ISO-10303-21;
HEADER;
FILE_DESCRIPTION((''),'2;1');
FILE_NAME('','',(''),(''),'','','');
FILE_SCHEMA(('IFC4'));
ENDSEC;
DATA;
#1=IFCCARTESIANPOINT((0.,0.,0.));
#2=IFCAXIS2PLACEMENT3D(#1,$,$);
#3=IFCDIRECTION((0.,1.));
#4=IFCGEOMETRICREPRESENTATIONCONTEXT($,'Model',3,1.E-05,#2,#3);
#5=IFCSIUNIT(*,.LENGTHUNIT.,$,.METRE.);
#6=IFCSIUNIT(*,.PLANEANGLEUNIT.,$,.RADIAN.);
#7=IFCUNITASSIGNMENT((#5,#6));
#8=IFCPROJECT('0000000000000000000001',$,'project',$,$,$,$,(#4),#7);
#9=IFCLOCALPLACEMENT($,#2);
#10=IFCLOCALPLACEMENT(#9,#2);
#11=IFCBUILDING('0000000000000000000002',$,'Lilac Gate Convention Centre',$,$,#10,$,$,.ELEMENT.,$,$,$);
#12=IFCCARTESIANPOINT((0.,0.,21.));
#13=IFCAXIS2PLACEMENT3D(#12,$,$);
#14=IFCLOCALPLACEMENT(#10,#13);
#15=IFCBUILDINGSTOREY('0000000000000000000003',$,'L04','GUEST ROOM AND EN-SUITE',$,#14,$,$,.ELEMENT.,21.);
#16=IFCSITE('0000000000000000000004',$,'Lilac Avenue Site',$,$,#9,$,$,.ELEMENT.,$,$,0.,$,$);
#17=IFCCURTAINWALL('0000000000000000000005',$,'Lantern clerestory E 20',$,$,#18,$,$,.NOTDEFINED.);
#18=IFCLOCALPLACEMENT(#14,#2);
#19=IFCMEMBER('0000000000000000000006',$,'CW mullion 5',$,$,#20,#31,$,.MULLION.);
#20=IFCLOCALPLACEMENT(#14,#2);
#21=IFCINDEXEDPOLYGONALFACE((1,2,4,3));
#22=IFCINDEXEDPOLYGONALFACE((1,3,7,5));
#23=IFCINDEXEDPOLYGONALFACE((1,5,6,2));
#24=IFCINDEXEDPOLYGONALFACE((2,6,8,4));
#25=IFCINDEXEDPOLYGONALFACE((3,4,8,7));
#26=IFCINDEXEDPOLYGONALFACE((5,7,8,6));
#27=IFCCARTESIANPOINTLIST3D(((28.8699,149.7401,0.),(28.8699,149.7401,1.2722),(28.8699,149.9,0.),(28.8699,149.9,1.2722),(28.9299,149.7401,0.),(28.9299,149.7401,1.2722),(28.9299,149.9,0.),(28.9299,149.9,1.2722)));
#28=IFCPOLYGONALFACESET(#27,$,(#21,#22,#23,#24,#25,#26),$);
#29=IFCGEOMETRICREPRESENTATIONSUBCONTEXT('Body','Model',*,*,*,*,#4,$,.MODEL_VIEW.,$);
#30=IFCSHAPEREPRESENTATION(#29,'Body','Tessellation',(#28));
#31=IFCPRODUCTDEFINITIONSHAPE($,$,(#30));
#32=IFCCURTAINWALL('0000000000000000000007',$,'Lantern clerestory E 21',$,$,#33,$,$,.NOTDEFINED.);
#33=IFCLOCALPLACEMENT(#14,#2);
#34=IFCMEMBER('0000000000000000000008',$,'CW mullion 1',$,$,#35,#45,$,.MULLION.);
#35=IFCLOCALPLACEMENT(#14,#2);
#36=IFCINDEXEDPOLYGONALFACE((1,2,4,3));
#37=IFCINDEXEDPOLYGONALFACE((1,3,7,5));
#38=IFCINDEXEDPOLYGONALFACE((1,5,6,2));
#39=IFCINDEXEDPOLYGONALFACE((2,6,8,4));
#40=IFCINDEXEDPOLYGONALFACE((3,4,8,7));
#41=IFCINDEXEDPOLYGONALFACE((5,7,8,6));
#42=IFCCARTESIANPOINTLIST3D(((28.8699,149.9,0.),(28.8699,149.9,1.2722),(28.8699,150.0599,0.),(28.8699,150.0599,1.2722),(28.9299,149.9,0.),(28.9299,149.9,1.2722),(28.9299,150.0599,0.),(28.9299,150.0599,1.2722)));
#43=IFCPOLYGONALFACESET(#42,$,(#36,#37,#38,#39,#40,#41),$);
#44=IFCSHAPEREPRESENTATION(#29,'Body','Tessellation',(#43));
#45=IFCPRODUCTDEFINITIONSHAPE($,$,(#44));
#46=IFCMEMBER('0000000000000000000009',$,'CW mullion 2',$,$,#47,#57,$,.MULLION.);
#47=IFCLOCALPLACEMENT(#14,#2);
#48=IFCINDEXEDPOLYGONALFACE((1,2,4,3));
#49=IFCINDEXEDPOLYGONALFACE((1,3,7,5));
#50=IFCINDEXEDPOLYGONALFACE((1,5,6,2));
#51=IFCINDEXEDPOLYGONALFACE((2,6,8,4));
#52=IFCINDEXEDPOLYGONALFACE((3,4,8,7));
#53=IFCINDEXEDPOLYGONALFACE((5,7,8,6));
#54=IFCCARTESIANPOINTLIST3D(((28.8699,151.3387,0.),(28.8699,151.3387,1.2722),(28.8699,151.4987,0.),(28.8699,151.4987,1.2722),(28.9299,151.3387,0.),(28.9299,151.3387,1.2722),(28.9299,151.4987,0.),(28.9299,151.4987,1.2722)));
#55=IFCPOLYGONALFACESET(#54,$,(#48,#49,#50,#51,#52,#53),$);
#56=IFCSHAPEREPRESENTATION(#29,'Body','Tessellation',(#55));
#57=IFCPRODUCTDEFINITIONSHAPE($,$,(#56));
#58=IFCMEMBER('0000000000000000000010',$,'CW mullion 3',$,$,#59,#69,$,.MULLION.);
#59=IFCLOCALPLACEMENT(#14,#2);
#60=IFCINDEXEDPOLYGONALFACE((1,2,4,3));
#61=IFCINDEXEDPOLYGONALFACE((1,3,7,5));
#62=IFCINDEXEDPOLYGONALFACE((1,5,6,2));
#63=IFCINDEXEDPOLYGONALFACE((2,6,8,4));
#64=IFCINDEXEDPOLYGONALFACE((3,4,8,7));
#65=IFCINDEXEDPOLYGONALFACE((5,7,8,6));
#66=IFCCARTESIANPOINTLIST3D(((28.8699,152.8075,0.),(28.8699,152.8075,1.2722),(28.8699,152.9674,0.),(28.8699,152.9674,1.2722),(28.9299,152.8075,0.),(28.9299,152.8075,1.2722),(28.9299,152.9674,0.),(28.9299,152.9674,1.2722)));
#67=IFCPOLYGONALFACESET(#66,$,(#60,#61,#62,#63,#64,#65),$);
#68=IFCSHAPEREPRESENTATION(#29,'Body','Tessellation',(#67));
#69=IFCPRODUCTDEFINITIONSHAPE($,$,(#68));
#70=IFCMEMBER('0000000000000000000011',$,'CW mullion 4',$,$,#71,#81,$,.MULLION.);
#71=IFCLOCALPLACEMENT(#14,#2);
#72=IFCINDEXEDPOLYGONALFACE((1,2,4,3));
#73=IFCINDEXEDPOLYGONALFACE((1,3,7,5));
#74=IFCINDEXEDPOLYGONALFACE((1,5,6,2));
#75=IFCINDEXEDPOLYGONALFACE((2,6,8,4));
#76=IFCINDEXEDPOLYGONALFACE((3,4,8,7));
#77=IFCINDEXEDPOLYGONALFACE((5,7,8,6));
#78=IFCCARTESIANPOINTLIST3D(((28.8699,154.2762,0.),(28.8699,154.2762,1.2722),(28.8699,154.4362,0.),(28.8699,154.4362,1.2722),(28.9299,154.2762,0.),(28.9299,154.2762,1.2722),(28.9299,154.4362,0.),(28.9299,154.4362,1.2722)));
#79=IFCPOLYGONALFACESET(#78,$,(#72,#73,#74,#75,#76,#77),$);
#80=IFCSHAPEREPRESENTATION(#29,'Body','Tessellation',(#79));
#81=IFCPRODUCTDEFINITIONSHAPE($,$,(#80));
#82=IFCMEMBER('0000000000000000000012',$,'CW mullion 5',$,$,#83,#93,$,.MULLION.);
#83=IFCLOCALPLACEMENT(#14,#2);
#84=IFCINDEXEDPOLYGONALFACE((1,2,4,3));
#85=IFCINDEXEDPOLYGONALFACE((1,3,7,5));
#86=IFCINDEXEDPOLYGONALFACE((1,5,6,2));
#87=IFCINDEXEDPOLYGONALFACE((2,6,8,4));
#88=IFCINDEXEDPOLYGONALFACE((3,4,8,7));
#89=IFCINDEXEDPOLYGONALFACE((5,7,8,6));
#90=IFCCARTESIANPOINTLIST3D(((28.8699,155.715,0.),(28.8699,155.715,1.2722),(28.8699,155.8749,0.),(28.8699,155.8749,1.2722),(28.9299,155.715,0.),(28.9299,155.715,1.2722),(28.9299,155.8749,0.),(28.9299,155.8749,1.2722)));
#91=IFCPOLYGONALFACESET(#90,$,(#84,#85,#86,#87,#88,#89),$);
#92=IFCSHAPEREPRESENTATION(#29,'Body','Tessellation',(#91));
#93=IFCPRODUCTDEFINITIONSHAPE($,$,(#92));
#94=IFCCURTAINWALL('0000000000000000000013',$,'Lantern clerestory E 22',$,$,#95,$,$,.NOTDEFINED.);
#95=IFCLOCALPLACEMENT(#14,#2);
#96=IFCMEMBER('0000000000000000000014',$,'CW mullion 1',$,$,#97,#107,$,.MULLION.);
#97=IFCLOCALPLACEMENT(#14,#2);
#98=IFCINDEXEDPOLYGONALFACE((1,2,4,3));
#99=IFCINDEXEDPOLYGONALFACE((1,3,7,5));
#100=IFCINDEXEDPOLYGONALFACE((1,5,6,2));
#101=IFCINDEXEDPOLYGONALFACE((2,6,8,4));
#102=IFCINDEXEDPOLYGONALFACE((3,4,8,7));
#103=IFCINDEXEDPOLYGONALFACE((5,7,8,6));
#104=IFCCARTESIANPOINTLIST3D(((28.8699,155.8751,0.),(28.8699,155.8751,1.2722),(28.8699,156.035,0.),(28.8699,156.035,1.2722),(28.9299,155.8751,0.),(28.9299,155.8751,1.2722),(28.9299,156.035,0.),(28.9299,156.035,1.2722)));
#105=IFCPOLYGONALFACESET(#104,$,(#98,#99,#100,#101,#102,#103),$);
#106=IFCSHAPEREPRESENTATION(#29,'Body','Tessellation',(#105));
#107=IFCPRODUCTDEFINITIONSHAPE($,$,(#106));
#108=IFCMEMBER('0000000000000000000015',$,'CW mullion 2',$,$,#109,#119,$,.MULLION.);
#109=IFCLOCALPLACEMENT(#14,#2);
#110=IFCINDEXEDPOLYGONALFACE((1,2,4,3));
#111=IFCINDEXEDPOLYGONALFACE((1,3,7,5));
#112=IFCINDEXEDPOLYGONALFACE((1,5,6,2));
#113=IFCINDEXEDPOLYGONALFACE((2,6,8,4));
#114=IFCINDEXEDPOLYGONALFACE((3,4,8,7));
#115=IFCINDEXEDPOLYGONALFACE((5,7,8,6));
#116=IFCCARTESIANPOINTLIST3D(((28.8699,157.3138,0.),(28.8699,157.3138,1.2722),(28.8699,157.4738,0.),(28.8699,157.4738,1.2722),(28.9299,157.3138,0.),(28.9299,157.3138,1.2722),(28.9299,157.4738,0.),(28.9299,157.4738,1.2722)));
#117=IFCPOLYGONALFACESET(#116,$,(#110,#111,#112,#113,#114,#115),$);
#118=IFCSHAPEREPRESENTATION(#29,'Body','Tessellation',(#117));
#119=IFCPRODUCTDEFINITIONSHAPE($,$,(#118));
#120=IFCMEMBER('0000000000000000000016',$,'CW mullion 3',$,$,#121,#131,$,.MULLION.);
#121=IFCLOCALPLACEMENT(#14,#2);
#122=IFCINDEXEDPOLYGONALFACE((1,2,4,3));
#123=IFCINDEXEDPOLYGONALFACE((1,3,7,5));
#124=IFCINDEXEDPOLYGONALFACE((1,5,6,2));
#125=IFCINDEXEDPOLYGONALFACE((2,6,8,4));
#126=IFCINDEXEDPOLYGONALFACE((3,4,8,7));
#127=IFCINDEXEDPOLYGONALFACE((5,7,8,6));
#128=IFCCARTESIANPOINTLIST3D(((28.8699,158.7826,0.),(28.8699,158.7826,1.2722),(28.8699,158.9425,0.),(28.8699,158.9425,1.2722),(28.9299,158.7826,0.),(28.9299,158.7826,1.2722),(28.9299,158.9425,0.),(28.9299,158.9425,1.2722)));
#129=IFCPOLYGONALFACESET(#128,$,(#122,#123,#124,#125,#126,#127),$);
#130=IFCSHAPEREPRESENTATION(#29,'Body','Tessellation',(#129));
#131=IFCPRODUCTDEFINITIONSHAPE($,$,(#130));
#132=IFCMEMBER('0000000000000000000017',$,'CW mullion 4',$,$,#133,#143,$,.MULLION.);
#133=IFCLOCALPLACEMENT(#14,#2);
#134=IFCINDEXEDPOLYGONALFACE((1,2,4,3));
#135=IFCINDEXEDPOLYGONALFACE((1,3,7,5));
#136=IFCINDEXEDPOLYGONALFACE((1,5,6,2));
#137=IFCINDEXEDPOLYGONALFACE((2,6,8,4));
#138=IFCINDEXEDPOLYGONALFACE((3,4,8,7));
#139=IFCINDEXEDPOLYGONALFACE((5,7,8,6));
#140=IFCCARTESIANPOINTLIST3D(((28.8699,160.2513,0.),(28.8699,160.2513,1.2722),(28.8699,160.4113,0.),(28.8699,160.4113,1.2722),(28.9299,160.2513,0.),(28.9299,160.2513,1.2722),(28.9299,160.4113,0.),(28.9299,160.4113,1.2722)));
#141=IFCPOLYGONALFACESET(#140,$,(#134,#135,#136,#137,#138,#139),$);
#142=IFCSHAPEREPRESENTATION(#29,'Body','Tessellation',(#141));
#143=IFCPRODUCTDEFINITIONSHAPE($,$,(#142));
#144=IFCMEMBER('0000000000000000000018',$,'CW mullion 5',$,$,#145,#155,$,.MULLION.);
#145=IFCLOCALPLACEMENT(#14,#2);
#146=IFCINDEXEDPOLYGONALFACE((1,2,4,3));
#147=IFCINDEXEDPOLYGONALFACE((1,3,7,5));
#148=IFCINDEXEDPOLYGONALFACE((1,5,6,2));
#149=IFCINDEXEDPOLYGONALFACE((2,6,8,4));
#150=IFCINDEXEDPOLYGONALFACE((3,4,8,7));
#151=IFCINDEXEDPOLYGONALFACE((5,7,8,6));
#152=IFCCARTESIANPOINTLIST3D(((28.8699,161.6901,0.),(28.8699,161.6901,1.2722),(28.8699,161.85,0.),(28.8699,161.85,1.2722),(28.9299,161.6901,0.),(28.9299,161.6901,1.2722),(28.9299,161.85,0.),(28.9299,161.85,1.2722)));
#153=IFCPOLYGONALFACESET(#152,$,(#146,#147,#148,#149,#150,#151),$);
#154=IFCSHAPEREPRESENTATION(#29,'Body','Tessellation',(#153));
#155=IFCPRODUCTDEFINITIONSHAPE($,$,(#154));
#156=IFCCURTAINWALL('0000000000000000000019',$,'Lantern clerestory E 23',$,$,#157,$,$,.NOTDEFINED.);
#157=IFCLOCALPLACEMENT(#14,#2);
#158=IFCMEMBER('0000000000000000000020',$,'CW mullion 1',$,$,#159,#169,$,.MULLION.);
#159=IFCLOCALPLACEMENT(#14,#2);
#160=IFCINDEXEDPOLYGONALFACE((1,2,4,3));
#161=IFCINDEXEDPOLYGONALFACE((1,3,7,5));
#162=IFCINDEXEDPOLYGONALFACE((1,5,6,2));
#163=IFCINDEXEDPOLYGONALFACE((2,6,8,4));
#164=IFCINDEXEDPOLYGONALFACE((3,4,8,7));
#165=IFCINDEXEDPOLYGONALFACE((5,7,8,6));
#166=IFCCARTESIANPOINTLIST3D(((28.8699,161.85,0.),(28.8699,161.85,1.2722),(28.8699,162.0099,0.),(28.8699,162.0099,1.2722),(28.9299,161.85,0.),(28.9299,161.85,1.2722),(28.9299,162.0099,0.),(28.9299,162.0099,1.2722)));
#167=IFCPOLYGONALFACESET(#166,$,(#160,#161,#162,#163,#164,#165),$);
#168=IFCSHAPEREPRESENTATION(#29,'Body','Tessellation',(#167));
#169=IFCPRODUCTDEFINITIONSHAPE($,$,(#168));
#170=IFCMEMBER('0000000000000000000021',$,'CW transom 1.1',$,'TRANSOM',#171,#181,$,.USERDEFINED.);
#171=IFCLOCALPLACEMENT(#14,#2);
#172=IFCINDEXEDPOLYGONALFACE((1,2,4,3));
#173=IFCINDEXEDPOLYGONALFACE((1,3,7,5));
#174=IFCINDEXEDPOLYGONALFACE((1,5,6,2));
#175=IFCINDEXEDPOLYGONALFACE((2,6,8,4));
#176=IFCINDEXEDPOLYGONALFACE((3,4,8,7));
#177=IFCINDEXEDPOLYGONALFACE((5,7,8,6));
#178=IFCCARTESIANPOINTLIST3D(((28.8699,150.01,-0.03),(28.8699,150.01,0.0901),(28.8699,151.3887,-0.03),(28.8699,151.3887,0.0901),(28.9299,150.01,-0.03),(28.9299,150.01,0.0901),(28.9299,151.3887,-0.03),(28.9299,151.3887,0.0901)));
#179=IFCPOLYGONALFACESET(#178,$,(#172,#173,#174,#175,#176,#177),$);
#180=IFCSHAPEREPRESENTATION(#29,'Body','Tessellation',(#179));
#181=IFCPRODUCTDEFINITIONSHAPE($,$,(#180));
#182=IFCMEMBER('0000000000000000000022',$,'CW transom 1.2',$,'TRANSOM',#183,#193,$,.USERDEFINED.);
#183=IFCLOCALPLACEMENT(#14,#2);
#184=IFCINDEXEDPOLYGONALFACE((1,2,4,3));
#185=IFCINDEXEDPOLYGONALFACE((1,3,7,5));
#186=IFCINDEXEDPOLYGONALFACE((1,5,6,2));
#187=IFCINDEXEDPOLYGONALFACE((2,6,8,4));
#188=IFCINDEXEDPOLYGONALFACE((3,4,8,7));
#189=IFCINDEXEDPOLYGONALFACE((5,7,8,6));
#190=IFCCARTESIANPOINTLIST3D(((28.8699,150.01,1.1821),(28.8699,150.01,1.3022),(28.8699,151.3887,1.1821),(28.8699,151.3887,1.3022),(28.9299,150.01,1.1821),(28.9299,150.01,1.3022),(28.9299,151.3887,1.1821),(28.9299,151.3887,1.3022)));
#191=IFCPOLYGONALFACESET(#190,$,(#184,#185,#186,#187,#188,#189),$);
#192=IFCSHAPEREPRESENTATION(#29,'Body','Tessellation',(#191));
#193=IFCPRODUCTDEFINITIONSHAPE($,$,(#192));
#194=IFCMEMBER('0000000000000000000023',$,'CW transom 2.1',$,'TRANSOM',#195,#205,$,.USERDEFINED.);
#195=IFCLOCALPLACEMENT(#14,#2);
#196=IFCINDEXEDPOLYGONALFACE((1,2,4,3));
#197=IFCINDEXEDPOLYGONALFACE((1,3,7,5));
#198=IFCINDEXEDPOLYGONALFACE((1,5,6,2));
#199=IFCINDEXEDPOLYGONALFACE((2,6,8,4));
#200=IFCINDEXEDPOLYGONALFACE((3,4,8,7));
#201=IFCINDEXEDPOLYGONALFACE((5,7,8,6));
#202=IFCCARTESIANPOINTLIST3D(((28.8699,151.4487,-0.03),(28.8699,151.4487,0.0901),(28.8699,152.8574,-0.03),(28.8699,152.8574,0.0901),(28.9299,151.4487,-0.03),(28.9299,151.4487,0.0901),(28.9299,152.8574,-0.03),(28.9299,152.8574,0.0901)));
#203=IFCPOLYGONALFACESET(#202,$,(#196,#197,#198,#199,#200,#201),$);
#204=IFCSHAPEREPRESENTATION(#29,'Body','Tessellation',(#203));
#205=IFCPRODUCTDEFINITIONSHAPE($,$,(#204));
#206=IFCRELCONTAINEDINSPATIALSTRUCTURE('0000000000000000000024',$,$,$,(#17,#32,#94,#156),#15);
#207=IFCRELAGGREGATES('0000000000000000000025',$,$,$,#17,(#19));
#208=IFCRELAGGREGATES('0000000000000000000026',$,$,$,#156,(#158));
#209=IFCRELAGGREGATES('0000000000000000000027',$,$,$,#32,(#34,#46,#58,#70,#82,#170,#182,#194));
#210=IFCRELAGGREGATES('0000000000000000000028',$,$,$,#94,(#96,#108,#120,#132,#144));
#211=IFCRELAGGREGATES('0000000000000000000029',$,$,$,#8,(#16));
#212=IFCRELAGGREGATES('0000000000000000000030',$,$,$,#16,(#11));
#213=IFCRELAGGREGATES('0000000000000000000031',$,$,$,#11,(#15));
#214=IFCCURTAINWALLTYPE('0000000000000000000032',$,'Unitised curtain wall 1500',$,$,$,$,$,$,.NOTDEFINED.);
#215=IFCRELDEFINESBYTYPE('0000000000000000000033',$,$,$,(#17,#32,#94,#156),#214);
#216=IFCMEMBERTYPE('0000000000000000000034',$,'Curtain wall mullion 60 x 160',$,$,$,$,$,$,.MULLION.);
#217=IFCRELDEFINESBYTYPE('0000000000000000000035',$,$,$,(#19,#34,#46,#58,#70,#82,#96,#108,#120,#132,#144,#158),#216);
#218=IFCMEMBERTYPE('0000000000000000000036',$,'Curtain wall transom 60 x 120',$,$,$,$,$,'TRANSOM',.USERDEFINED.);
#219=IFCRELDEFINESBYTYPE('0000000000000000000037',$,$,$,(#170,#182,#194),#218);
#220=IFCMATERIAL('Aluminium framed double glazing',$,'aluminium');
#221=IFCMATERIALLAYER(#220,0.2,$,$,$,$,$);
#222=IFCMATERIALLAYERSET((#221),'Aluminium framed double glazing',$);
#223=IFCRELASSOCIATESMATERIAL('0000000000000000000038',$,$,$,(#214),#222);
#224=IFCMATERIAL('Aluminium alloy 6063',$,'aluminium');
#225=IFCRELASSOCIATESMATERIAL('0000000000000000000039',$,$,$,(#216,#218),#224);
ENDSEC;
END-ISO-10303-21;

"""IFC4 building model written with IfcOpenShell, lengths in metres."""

from ifc_helpers import new_model, si_unit, direction, frame, origin, origin_2d, place, context, subcontext, project, spatial, rectangle, extrude, material, layer, layer_set, material_profile, profile_set, type_object, element, aggregate, save


model = new_model("IFC4")

# Units and contexts
model_context = context("Model", 3, precision=1e-05, world=origin(), true_north=direction((0.0, 1.0)))
body_context = subcontext(model_context, "Body", "Model", "MODEL_VIEW")
ifc_project = project(units=[si_unit("LENGTHUNIT", "METRE"), si_unit("PLANEANGLEUNIT", "RADIAN")], contexts=[model_context])

# Site, building, storey
site_placement = place(None, origin())
site = spatial("IfcSite", under=ifc_project, at=site_placement, Name="Lilac Avenue Site", CompositionType="ELEMENT", RefElevation=0.0)
building_placement = place(site_placement, origin())
building = spatial("IfcBuilding", under=site, at=building_placement, Name="Lilac Gate Convention Centre", CompositionType="ELEMENT")
storey_placement = place(building_placement, frame((0.0, 0.0, 21.0)))
storey = spatial("IfcBuildingStorey", under=building, at=storey_placement, Name="L04", Description="GUEST ROOM AND EN-SUITE", CompositionType="ELEMENT", Elevation=21.0)

# Curtain wall, member
ifc_material_1 = material(Name="Aluminium framed double glazing", Category="aluminium")
ifc_layer_1 = layer(ifc_material_1, 0.2)
ifc_layer_set_1 = layer_set([ifc_layer_1], Name="Aluminium framed double glazing")
curtain_wall_type = type_object("IfcCurtainWallType", Name="Unitised curtain wall 1500", PredefinedType="NOTDEFINED", material=ifc_layer_set_1)
curtain_wall_1_placement = place(storey_placement, origin())
curtain_wall_1 = element("IfcCurtainWall", 1, at=curtain_wall_1_placement, inside=storey, type_object=curtain_wall_type, Name="Lantern clerestory E 20", PredefinedType="NOTDEFINED")
ifc_material_2 = material(Name="Aluminium alloy 6063", Category="aluminium")
ifc_material_profile_1 = material_profile(ifc_material_2, rectangle(XDim=0.0601, YDim=0.1599, at=origin_2d()), Name="Curtain wall mullion 60 x 160")
ifc_profile_set_1 = profile_set([ifc_material_profile_1], Name="Aluminium alloy 6063")
member_type_1 = type_object("IfcMemberType", Name="Curtain wall mullion 60 x 160", PredefinedType="MULLION", material=ifc_profile_set_1)
member_1_placement = place(storey_placement, frame((28.8999, 149.8201, 0.0), z_axis=(0.0, 0.0, 1.0), x_axis=(-1.0, 0.0, 0.0)))
member_1 = element("IfcMember", 2, at=member_1_placement, type_object=member_type_1, Name="CW mullion 5", PredefinedType="MULLION", context=body_context, shape_type="SweptSolid", body=[
    extrude(rectangle(XDim=0.0601, YDim=0.1599, at=origin_2d()), origin(), (0.0, 0.0, 1.0), 1.2722),
])
aggregate(curtain_wall_1, [member_1])

# Curtain walls, members
curtain_wall_2_placement = place(storey_placement, origin())
curtain_wall_2 = element("IfcCurtainWall", 3, at=curtain_wall_2_placement, inside=storey, type_object=curtain_wall_type, Name="Lantern clerestory E 21", PredefinedType="NOTDEFINED")
member_2_placement = place(storey_placement, frame((28.8999, 149.98, 0.0), z_axis=(0.0, 0.0, 1.0), x_axis=(-1.0, 0.0, 0.0)))
member_2 = element("IfcMember", 4, at=member_2_placement, type_object=member_type_1, Name="CW mullion 1", PredefinedType="MULLION", context=body_context, shape_type="SweptSolid", body=[
    extrude(rectangle(XDim=0.0601, YDim=0.1599, at=origin_2d()), origin(), (0.0, 0.0, 1.0), 1.2722),
])
member_3_placement = place(storey_placement, frame((28.8999, 151.4187, 0.0), z_axis=(0.0, 0.0, 1.0), x_axis=(-1.0, 0.0, 0.0)))
member_3 = element("IfcMember", 5, at=member_3_placement, type_object=member_type_1, Name="CW mullion 2", PredefinedType="MULLION", context=body_context, shape_type="SweptSolid", body=[
    extrude(rectangle(XDim=0.0601, YDim=0.1599, at=origin_2d()), origin(), (0.0, 0.0, 1.0), 1.2722),
])
member_4_placement = place(storey_placement, frame((28.8999, 152.8875, 0.0), z_axis=(0.0, 0.0, 1.0), x_axis=(-1.0, 0.0, 0.0)))
member_4 = element("IfcMember", 6, at=member_4_placement, type_object=member_type_1, Name="CW mullion 3", PredefinedType="MULLION", context=body_context, shape_type="SweptSolid", body=[
    extrude(rectangle(XDim=0.0601, YDim=0.1599, at=origin_2d()), origin(), (0.0, 0.0, 1.0), 1.2722),
])
member_5_placement = place(storey_placement, frame((28.8999, 154.3562, 0.0), z_axis=(0.0, 0.0, 1.0), x_axis=(-1.0, 0.0, 0.0)))
member_5 = element("IfcMember", 7, at=member_5_placement, type_object=member_type_1, Name="CW mullion 4", PredefinedType="MULLION", context=body_context, shape_type="SweptSolid", body=[
    extrude(rectangle(XDim=0.0601, YDim=0.1599, at=origin_2d()), origin(), (0.0, 0.0, 1.0), 1.2722),
])
member_6_placement = place(storey_placement, frame((28.8999, 155.7949, 0.0), z_axis=(0.0, 0.0, 1.0), x_axis=(-1.0, 0.0, 0.0)))
member_6 = element("IfcMember", 8, at=member_6_placement, type_object=member_type_1, Name="CW mullion 5", PredefinedType="MULLION", context=body_context, shape_type="SweptSolid", body=[
    extrude(rectangle(XDim=0.0601, YDim=0.1599, at=origin_2d()), origin(), (0.0, 0.0, 1.0), 1.2722),
])
curtain_wall_3_placement = place(storey_placement, origin())
curtain_wall_3 = element("IfcCurtainWall", 9, at=curtain_wall_3_placement, inside=storey, type_object=curtain_wall_type, Name="Lantern clerestory E 22", PredefinedType="NOTDEFINED")
member_7_placement = place(storey_placement, frame((28.8999, 155.9551, 0.0), z_axis=(0.0, 0.0, 1.0), x_axis=(-1.0, 0.0, 0.0)))
member_7 = element("IfcMember", 10, at=member_7_placement, type_object=member_type_1, Name="CW mullion 1", PredefinedType="MULLION", context=body_context, shape_type="SweptSolid", body=[
    extrude(rectangle(XDim=0.0601, YDim=0.1599, at=origin_2d()), origin(), (0.0, 0.0, 1.0), 1.2722),
])
member_8_placement = place(storey_placement, frame((28.8999, 157.3938, 0.0), z_axis=(0.0, 0.0, 1.0), x_axis=(-1.0, 0.0, 0.0)))
member_8 = element("IfcMember", 11, at=member_8_placement, type_object=member_type_1, Name="CW mullion 2", PredefinedType="MULLION", context=body_context, shape_type="SweptSolid", body=[
    extrude(rectangle(XDim=0.0601, YDim=0.1599, at=origin_2d()), origin(), (0.0, 0.0, 1.0), 1.2722),
])
member_9_placement = place(storey_placement, frame((28.8999, 158.8625, 0.0), z_axis=(0.0, 0.0, 1.0), x_axis=(-1.0, 0.0, 0.0)))
member_9 = element("IfcMember", 12, at=member_9_placement, type_object=member_type_1, Name="CW mullion 3", PredefinedType="MULLION", context=body_context, shape_type="SweptSolid", body=[
    extrude(rectangle(XDim=0.0601, YDim=0.1599, at=origin_2d()), origin(), (0.0, 0.0, 1.0), 1.2722),
])
member_10_placement = place(storey_placement, frame((28.8999, 160.3313, 0.0), z_axis=(0.0, 0.0, 1.0), x_axis=(-1.0, 0.0, 0.0)))
member_10 = element("IfcMember", 13, at=member_10_placement, type_object=member_type_1, Name="CW mullion 4", PredefinedType="MULLION", context=body_context, shape_type="SweptSolid", body=[
    extrude(rectangle(XDim=0.0601, YDim=0.1599, at=origin_2d()), origin(), (0.0, 0.0, 1.0), 1.2722),
])
member_11_placement = place(storey_placement, frame((28.8999, 161.77, 0.0), z_axis=(0.0, 0.0, 1.0), x_axis=(-1.0, 0.0, 0.0)))
member_11 = element("IfcMember", 14, at=member_11_placement, type_object=member_type_1, Name="CW mullion 5", PredefinedType="MULLION", context=body_context, shape_type="SweptSolid", body=[
    extrude(rectangle(XDim=0.0601, YDim=0.1599, at=origin_2d()), origin(), (0.0, 0.0, 1.0), 1.2722),
])

# Curtain wall, member
curtain_wall_4_placement = place(storey_placement, origin())
curtain_wall_4 = element("IfcCurtainWall", 15, at=curtain_wall_4_placement, inside=storey, type_object=curtain_wall_type, Name="Lantern clerestory E 23", PredefinedType="NOTDEFINED")
member_12_placement = place(storey_placement, frame((28.8999, 161.9299, 0.0), z_axis=(0.0, 0.0, 1.0), x_axis=(-1.0, 0.0, 0.0)))
member_12 = element("IfcMember", 16, at=member_12_placement, type_object=member_type_1, Name="CW mullion 1", PredefinedType="MULLION", context=body_context, shape_type="SweptSolid", body=[
    extrude(rectangle(XDim=0.0601, YDim=0.1599, at=origin_2d()), origin(), (0.0, 0.0, 1.0), 1.2722),
])

# Members
ifc_material_profile_2 = material_profile(ifc_material_2, rectangle(XDim=0.0601, YDim=0.1201, at=origin_2d()), Name="Curtain wall transom 60 x 120")
ifc_profile_set_2 = profile_set([ifc_material_profile_2], Name="Aluminium alloy 6063")
member_type_2 = type_object("IfcMemberType", Name="Curtain wall transom 60 x 120", ElementType="TRANSOM", PredefinedType="USERDEFINED", material=ifc_profile_set_2)
member_13_placement = place(storey_placement, frame((28.8999, 150.01, 0.03), z_axis=(0.0, 1.0, 0.0), x_axis=(-1.0, 0.0, 0.0)))
member_13 = element("IfcMember", 17, at=member_13_placement, type_object=member_type_2, Name="CW transom 1.1", ObjectType="TRANSOM", PredefinedType="USERDEFINED", context=body_context, shape_type="SweptSolid", body=[
    extrude(rectangle(XDim=0.0601, YDim=0.1201, at=origin_2d()), origin(), (0.0, 0.0, 1.0), 1.3787),
])
member_14_placement = place(storey_placement, frame((28.8999, 150.01, 1.2422), z_axis=(0.0, 1.0, 0.0), x_axis=(-1.0, 0.0, 0.0)))
member_14 = element("IfcMember", 18, at=member_14_placement, type_object=member_type_2, Name="CW transom 1.2", ObjectType="TRANSOM", PredefinedType="USERDEFINED", context=body_context, shape_type="SweptSolid", body=[
    extrude(rectangle(XDim=0.0601, YDim=0.1201, at=origin_2d()), origin(), (0.0, 0.0, 1.0), 1.3787),
])
member_15_placement = place(storey_placement, frame((28.8999, 151.4487, 0.03), z_axis=(0.0, 1.0, 0.0), x_axis=(-1.0, 0.0, 0.0)))
member_15 = element("IfcMember", 19, at=member_15_placement, type_object=member_type_2, Name="CW transom 2.1", ObjectType="TRANSOM", PredefinedType="USERDEFINED", context=body_context, shape_type="SweptSolid", body=[
    extrude(rectangle(XDim=0.0601, YDim=0.1201, at=origin_2d()), origin(), (0.0, 0.0, 1.0), 1.4087),
])
aggregate(curtain_wall_4, [member_12])

aggregate(curtain_wall_2, [member_2, member_3, member_4, member_5, member_6, member_13, member_14, member_15])
aggregate(curtain_wall_3, [member_7, member_8, member_9, member_10, member_11])

save(model, "model.ifc")
